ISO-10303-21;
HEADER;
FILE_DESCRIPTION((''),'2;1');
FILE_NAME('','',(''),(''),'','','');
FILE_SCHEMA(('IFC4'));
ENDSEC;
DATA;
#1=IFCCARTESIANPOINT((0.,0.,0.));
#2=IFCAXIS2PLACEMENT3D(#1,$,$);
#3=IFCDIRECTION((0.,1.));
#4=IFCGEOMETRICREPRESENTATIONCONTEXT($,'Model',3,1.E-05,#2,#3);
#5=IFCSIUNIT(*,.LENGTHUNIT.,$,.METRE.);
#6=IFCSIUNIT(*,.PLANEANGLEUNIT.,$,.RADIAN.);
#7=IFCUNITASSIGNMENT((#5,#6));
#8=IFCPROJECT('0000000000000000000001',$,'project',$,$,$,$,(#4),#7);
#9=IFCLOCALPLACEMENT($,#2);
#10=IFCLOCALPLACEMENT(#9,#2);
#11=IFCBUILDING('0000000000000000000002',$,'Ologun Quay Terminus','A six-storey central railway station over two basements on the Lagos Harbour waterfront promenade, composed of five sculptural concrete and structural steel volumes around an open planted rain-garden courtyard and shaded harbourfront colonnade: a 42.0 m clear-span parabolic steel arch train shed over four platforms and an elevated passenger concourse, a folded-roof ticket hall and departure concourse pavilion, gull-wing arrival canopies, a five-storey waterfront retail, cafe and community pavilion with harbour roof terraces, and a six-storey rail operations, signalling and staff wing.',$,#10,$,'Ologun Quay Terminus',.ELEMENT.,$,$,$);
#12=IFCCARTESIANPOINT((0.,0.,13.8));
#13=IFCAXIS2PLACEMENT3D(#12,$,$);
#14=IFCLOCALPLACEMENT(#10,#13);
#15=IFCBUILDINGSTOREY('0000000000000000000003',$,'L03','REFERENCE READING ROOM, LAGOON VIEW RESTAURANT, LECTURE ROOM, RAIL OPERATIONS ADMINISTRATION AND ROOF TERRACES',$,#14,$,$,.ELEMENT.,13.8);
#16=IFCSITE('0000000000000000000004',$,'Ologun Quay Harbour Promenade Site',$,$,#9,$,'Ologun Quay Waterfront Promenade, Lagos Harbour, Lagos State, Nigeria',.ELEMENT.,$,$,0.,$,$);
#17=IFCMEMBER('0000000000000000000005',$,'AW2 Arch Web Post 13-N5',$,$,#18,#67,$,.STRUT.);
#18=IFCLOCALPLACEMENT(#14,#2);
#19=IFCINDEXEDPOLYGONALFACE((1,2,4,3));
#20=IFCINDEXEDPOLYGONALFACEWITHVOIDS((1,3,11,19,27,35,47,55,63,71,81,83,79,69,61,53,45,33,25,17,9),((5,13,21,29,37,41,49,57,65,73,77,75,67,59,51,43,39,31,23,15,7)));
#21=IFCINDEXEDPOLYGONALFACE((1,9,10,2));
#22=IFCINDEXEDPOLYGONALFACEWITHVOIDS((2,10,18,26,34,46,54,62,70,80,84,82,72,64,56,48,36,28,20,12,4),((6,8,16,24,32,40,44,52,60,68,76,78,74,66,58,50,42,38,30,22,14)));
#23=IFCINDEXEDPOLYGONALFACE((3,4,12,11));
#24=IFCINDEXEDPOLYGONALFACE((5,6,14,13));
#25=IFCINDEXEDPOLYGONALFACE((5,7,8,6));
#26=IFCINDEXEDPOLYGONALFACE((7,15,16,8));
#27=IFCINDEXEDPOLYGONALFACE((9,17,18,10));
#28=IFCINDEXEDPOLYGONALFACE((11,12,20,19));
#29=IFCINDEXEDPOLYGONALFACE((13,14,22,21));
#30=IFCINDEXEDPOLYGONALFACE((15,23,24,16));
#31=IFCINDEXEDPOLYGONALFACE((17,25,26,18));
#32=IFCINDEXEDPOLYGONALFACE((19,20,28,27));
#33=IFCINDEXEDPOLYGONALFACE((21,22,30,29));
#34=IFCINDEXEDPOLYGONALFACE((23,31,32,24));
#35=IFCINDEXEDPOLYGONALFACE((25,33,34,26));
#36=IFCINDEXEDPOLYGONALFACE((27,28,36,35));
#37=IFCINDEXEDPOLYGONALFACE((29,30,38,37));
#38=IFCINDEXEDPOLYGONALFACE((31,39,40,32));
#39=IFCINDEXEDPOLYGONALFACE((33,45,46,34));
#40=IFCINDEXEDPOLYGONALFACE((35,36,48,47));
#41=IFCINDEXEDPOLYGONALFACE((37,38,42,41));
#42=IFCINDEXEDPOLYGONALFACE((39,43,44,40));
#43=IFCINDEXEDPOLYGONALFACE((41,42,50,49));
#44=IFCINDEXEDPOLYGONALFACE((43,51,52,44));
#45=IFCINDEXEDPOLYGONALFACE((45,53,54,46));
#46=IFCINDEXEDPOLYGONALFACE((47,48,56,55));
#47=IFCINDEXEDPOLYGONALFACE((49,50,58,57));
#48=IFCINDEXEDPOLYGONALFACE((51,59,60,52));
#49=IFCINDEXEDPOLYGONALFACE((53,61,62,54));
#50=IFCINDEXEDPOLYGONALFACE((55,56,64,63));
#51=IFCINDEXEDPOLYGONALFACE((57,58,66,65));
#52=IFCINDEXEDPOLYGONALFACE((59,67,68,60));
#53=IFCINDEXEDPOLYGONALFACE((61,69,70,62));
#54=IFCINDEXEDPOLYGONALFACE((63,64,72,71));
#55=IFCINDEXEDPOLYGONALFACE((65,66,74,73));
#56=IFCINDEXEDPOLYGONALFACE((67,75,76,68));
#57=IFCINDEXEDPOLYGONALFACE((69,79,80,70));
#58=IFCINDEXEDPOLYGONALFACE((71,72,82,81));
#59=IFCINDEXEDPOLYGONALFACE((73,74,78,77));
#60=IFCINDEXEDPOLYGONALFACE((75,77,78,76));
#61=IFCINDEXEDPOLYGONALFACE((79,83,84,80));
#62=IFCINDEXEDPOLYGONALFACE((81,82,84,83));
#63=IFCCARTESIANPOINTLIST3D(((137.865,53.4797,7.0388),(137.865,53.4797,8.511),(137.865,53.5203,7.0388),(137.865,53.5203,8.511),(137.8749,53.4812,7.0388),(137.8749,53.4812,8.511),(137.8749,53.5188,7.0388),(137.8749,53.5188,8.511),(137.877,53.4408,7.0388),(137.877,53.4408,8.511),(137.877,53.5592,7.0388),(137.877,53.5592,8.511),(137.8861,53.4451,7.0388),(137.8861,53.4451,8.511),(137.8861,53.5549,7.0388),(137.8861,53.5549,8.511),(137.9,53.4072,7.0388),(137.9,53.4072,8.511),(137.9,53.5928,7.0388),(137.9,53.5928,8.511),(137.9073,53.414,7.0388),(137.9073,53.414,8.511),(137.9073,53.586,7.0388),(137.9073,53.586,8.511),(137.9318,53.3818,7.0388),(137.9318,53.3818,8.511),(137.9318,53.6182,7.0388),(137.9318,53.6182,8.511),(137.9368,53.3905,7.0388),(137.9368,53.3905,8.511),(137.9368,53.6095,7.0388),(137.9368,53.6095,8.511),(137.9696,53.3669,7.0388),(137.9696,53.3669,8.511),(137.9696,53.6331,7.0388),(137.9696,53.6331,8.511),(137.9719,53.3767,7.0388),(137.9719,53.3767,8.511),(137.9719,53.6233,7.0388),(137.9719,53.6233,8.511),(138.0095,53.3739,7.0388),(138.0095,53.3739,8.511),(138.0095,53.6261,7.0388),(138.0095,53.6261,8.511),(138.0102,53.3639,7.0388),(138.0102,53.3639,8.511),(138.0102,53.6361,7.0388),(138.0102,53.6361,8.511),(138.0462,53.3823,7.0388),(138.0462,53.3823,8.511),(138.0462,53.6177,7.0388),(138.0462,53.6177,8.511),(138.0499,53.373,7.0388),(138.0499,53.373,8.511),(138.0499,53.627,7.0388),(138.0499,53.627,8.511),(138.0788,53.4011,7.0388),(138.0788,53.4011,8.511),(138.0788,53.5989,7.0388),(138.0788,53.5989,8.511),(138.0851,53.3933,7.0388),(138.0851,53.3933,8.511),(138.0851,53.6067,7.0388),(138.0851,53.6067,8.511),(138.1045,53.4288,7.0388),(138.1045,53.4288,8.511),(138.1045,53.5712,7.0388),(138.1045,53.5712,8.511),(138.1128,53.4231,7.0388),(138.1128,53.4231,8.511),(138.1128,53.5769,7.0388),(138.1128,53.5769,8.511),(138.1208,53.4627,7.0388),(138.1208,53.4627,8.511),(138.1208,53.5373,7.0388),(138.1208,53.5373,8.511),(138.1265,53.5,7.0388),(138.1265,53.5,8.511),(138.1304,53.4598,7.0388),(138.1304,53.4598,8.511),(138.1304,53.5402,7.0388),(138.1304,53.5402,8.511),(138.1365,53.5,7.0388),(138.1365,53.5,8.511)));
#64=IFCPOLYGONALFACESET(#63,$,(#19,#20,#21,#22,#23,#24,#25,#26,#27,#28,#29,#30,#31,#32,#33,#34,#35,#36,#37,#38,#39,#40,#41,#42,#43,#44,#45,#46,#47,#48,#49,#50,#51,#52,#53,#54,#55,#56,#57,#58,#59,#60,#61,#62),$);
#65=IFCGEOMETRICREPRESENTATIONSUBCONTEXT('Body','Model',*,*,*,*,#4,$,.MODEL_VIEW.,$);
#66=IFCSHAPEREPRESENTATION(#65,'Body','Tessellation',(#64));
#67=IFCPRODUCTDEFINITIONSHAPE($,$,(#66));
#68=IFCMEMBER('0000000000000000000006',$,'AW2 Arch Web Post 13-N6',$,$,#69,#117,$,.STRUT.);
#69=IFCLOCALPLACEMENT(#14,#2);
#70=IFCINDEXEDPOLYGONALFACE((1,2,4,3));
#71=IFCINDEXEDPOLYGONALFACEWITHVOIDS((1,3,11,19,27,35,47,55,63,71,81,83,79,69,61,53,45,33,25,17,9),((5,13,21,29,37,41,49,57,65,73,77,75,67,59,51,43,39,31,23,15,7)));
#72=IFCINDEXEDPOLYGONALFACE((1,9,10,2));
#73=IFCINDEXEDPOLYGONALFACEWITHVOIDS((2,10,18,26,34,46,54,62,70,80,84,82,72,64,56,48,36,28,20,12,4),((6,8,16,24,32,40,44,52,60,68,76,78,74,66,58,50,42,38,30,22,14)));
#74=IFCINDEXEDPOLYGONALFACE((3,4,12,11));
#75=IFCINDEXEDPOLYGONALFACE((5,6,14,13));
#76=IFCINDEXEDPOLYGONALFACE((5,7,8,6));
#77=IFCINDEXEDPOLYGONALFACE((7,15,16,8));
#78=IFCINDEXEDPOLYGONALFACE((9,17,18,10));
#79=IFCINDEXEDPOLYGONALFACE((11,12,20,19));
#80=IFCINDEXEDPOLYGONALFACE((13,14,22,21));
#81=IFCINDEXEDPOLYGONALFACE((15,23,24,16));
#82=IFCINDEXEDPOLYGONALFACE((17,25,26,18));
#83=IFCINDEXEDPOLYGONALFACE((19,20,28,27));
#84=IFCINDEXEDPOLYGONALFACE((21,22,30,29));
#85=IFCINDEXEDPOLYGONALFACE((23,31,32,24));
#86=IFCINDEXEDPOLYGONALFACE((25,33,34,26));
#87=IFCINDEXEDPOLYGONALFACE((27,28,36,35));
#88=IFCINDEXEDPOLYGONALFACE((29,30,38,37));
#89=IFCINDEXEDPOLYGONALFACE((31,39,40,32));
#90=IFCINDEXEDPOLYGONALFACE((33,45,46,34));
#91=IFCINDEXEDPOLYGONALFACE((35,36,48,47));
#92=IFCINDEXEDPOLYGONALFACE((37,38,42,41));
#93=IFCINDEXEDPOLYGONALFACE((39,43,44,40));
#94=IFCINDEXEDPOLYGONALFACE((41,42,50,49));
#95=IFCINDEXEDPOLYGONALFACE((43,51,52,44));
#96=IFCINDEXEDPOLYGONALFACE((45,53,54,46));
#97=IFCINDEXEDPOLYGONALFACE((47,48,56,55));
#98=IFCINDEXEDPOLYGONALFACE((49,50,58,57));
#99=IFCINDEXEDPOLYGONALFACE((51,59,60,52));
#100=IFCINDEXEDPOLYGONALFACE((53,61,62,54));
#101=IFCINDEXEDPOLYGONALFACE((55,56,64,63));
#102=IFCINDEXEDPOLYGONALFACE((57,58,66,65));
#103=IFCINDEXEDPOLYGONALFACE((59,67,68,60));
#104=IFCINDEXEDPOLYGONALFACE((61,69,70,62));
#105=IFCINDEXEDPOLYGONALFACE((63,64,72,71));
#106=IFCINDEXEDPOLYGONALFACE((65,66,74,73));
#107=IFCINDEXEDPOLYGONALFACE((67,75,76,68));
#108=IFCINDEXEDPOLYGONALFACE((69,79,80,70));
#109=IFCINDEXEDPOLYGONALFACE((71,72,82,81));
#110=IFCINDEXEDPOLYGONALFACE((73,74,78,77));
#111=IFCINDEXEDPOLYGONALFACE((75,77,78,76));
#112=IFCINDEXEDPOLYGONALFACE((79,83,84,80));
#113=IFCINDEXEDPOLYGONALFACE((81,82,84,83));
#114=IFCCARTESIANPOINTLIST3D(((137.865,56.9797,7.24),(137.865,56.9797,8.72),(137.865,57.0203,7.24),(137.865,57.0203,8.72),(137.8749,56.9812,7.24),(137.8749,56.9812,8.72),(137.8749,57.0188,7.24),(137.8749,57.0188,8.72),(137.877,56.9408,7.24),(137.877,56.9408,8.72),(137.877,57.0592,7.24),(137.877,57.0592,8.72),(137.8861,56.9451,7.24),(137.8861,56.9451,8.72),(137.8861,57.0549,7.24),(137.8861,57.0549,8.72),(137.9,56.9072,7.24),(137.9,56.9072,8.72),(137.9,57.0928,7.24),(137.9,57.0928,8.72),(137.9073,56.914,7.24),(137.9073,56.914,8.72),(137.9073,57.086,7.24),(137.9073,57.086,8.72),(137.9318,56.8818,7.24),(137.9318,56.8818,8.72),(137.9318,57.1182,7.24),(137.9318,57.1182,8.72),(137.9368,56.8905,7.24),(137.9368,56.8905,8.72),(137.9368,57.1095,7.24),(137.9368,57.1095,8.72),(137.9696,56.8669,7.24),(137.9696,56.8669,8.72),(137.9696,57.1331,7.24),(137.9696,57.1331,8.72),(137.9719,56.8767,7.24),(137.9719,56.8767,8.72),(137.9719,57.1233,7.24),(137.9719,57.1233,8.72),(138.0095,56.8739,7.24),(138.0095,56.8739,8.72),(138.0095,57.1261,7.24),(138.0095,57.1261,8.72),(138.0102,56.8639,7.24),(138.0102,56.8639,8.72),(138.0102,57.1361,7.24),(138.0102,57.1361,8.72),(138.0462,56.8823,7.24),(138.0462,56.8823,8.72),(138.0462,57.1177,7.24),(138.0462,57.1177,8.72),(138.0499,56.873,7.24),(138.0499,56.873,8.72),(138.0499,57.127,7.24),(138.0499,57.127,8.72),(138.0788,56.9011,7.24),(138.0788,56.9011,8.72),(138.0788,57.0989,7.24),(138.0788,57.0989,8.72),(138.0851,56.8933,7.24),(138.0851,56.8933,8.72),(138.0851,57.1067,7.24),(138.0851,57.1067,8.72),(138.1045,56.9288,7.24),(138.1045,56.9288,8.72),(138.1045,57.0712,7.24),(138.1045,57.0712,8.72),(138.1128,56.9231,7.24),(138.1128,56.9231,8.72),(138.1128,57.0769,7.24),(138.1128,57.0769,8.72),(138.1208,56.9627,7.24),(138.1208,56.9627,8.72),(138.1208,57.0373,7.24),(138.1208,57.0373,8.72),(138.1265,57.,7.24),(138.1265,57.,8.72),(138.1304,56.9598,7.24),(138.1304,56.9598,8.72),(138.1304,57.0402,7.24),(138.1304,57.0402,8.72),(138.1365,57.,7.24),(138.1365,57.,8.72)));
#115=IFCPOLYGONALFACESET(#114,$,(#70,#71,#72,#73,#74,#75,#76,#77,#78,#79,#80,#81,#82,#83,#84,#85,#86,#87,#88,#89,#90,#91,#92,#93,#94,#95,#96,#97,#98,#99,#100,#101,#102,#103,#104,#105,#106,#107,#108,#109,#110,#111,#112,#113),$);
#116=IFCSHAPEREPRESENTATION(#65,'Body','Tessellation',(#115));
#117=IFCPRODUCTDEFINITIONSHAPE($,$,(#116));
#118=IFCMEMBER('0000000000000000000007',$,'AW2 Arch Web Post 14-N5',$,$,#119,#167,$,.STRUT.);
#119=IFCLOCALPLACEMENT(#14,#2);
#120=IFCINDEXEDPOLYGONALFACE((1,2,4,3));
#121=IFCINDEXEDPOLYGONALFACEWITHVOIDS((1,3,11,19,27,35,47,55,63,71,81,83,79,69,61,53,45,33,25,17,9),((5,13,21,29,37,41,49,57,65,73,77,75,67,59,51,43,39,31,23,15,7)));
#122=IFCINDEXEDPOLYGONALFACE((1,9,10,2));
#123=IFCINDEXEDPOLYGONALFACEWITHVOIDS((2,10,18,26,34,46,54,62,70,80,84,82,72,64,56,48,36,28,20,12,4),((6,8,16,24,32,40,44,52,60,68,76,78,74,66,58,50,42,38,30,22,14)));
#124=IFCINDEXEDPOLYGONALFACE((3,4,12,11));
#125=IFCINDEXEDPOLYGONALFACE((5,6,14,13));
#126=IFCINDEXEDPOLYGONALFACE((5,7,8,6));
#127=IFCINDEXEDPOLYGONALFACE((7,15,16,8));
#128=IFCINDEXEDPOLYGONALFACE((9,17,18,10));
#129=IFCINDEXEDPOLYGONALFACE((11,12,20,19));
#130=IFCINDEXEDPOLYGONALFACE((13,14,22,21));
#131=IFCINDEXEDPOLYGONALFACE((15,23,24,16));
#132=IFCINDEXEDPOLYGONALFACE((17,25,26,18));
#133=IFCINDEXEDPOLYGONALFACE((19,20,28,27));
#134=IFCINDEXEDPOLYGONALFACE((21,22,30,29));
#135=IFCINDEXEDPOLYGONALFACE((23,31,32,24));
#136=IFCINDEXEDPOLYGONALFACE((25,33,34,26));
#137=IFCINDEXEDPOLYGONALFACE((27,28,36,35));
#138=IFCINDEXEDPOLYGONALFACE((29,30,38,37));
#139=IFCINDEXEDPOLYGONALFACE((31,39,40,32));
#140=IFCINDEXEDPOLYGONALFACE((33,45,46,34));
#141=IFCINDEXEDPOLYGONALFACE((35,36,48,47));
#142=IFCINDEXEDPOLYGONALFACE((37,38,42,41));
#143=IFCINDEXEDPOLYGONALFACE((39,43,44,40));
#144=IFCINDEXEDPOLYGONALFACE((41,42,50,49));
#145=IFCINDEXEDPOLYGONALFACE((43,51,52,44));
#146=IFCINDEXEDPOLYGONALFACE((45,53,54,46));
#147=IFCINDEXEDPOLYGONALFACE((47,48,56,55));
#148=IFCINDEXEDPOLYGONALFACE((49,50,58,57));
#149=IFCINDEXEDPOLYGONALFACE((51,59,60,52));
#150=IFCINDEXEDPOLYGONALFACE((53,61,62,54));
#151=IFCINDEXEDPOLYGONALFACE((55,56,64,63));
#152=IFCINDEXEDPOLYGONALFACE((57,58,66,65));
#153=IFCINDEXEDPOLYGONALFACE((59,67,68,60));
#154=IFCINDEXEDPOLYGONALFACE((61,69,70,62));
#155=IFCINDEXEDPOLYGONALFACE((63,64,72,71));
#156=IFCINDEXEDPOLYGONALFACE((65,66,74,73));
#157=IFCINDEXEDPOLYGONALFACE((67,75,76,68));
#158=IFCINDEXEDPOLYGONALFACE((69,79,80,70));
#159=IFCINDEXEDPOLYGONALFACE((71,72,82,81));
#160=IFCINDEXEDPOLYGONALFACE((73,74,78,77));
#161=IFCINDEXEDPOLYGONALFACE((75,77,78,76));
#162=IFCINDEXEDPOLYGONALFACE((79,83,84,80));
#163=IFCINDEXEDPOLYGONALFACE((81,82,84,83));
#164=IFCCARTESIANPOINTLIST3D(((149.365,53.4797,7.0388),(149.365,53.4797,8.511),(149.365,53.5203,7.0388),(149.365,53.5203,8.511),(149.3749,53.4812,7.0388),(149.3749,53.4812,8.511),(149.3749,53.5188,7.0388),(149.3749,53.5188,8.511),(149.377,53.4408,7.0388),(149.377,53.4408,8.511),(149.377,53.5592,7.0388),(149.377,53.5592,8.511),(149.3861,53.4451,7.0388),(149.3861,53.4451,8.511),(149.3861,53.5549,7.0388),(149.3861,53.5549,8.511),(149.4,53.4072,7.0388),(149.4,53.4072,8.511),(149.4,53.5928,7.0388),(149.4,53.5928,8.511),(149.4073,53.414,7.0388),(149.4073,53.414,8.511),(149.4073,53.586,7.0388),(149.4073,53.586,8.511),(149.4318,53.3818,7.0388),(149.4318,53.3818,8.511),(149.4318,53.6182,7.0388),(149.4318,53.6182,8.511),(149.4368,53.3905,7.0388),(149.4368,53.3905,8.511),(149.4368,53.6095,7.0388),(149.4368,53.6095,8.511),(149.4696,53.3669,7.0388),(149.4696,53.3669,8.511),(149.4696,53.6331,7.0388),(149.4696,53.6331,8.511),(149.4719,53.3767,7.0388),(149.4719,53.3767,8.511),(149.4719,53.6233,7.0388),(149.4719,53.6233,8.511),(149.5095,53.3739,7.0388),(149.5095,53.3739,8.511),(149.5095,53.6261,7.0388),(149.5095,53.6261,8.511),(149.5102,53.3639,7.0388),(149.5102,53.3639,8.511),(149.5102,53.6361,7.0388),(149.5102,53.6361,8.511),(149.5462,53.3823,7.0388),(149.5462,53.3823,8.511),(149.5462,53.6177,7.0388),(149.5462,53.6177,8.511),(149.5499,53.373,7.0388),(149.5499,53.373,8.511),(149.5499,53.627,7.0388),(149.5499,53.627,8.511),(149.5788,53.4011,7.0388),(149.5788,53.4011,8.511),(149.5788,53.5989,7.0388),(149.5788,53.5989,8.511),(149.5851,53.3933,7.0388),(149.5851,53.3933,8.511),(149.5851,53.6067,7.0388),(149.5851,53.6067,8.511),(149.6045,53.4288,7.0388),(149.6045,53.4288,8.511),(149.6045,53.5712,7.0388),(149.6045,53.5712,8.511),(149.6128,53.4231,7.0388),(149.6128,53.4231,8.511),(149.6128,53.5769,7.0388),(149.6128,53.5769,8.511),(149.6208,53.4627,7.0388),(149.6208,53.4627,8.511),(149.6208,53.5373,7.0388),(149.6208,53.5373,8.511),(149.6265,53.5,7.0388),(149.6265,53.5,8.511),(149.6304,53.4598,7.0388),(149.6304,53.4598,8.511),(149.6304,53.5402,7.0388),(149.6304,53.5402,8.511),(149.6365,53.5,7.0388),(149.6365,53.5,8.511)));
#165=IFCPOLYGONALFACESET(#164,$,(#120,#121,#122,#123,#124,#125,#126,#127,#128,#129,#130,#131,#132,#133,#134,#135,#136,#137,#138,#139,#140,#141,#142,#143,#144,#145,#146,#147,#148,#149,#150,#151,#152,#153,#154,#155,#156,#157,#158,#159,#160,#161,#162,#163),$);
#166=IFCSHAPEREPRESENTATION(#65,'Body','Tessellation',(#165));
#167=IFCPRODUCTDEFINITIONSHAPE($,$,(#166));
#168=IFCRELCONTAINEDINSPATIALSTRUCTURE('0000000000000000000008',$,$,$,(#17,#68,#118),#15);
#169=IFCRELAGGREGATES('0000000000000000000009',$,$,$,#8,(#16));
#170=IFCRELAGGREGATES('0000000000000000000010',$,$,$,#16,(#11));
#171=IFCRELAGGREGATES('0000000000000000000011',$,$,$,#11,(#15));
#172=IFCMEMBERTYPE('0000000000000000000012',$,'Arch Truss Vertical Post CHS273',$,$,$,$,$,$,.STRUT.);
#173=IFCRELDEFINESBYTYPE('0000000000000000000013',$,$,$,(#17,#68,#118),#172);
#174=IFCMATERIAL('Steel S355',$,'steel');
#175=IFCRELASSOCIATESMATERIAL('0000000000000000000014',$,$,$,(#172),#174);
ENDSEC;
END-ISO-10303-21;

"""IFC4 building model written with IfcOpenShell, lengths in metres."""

from ifc_helpers import new_model, si_unit, direction, frame, origin, origin_2d, place, context, subcontext, project, spatial, hollow_circle, extrude, material, material_profile, profile_set, type_object, element, save


model = new_model("IFC4")

# Units and contexts
model_context = context("Model", 3, precision=1e-05, world=origin(), true_north=direction((0.0, 1.0)))
body_context = subcontext(model_context, "Body", "Model", "MODEL_VIEW")
ifc_project = project(units=[si_unit("LENGTHUNIT", "METRE"), si_unit("PLANEANGLEUNIT", "RADIAN")], contexts=[model_context])

# Site, building, storey
site_placement = place(None, origin())
site = spatial("IfcSite", under=ifc_project, at=site_placement, Name="Ologun Quay Harbour Promenade Site", LongName="Ologun Quay Waterfront Promenade, Lagos Harbour, Lagos State, Nigeria", CompositionType="ELEMENT", RefElevation=0.0)
building_placement = place(site_placement, origin())
building = spatial("IfcBuilding", under=site, at=building_placement, Name="Ologun Quay Terminus", Description="A six-storey central railway station over two basements on the Lagos Harbour waterfront promenade, composed of five sculptural concrete and structural steel volumes around an open planted rain-garden courtyard and shaded harbourfront colonnade: a 42.0 m clear-span parabolic steel arch train shed over four platforms and an elevated passenger concourse, a folded-roof ticket hall and departure concourse pavilion, gull-wing arrival canopies, a five-storey waterfront retail, cafe and community pavilion with harbour roof terraces, and a six-storey rail operations, signalling and staff wing.", LongName="Ologun Quay Terminus", CompositionType="ELEMENT")
storey_placement = place(building_placement, frame((0.0, 0.0, 13.8)))
storey = spatial("IfcBuildingStorey", under=building, at=storey_placement, Name="L03", Description="REFERENCE READING ROOM, LAGOON VIEW RESTAURANT, LECTURE ROOM, RAIL OPERATIONS ADMINISTRATION AND ROOF TERRACES", CompositionType="ELEMENT", Elevation=13.8)

# Members
ifc_material_1 = material(Name="Steel S355", Category="steel")
ifc_material_profile_1 = material_profile(ifc_material_1, hollow_circle(Radius=0.1365, WallThickness=0.01, at=origin_2d()), Name="CHS 273x10")
ifc_profile_set_1 = profile_set([ifc_material_profile_1], Name="Steel S355")
member_type_1 = type_object("IfcMemberType", Name="Arch Truss Vertical Post CHS273", PredefinedType="STRUT", material=ifc_profile_set_1)
member_1_placement = place(storey_placement, frame((138.0, 53.5, 7.0388), z_axis=(0.0, 0.0, 1.0), x_axis=(1.0, 0.0, 0.0)))
element("IfcMember", 1, at=member_1_placement, inside=storey, type_object=member_type_1, Name="AW2 Arch Web Post 13-N5", PredefinedType="STRUT", context=body_context, shape_type="SweptSolid", body=[
    extrude(hollow_circle(Radius=0.1365, WallThickness=0.01, at=origin_2d()), origin(), (0.0, 0.0, 1.0), 1.4722),
])
member_2_placement = place(storey_placement, frame((138.0, 57.0, 7.24), z_axis=(0.0, 0.0, 1.0), x_axis=(1.0, 0.0, 0.0)))
element("IfcMember", 2, at=member_2_placement, inside=storey, type_object=member_type_1, Name="AW2 Arch Web Post 13-N6", PredefinedType="STRUT", context=body_context, shape_type="SweptSolid", body=[
    extrude(hollow_circle(Radius=0.1365, WallThickness=0.01, at=origin_2d()), origin(), (0.0, 0.0, 1.0), 1.48),
])
member_3_placement = place(storey_placement, frame((149.5, 53.5, 7.0388), z_axis=(0.0, 0.0, 1.0), x_axis=(1.0, 0.0, 0.0)))
element("IfcMember", 3, at=member_3_placement, inside=storey, type_object=member_type_1, Name="AW2 Arch Web Post 14-N5", PredefinedType="STRUT", context=body_context, shape_type="SweptSolid", body=[
    extrude(hollow_circle(Radius=0.1365, WallThickness=0.01, at=origin_2d()), origin(), (0.0, 0.0, 1.0), 1.4722),
])

save(model, "model.ifc")
